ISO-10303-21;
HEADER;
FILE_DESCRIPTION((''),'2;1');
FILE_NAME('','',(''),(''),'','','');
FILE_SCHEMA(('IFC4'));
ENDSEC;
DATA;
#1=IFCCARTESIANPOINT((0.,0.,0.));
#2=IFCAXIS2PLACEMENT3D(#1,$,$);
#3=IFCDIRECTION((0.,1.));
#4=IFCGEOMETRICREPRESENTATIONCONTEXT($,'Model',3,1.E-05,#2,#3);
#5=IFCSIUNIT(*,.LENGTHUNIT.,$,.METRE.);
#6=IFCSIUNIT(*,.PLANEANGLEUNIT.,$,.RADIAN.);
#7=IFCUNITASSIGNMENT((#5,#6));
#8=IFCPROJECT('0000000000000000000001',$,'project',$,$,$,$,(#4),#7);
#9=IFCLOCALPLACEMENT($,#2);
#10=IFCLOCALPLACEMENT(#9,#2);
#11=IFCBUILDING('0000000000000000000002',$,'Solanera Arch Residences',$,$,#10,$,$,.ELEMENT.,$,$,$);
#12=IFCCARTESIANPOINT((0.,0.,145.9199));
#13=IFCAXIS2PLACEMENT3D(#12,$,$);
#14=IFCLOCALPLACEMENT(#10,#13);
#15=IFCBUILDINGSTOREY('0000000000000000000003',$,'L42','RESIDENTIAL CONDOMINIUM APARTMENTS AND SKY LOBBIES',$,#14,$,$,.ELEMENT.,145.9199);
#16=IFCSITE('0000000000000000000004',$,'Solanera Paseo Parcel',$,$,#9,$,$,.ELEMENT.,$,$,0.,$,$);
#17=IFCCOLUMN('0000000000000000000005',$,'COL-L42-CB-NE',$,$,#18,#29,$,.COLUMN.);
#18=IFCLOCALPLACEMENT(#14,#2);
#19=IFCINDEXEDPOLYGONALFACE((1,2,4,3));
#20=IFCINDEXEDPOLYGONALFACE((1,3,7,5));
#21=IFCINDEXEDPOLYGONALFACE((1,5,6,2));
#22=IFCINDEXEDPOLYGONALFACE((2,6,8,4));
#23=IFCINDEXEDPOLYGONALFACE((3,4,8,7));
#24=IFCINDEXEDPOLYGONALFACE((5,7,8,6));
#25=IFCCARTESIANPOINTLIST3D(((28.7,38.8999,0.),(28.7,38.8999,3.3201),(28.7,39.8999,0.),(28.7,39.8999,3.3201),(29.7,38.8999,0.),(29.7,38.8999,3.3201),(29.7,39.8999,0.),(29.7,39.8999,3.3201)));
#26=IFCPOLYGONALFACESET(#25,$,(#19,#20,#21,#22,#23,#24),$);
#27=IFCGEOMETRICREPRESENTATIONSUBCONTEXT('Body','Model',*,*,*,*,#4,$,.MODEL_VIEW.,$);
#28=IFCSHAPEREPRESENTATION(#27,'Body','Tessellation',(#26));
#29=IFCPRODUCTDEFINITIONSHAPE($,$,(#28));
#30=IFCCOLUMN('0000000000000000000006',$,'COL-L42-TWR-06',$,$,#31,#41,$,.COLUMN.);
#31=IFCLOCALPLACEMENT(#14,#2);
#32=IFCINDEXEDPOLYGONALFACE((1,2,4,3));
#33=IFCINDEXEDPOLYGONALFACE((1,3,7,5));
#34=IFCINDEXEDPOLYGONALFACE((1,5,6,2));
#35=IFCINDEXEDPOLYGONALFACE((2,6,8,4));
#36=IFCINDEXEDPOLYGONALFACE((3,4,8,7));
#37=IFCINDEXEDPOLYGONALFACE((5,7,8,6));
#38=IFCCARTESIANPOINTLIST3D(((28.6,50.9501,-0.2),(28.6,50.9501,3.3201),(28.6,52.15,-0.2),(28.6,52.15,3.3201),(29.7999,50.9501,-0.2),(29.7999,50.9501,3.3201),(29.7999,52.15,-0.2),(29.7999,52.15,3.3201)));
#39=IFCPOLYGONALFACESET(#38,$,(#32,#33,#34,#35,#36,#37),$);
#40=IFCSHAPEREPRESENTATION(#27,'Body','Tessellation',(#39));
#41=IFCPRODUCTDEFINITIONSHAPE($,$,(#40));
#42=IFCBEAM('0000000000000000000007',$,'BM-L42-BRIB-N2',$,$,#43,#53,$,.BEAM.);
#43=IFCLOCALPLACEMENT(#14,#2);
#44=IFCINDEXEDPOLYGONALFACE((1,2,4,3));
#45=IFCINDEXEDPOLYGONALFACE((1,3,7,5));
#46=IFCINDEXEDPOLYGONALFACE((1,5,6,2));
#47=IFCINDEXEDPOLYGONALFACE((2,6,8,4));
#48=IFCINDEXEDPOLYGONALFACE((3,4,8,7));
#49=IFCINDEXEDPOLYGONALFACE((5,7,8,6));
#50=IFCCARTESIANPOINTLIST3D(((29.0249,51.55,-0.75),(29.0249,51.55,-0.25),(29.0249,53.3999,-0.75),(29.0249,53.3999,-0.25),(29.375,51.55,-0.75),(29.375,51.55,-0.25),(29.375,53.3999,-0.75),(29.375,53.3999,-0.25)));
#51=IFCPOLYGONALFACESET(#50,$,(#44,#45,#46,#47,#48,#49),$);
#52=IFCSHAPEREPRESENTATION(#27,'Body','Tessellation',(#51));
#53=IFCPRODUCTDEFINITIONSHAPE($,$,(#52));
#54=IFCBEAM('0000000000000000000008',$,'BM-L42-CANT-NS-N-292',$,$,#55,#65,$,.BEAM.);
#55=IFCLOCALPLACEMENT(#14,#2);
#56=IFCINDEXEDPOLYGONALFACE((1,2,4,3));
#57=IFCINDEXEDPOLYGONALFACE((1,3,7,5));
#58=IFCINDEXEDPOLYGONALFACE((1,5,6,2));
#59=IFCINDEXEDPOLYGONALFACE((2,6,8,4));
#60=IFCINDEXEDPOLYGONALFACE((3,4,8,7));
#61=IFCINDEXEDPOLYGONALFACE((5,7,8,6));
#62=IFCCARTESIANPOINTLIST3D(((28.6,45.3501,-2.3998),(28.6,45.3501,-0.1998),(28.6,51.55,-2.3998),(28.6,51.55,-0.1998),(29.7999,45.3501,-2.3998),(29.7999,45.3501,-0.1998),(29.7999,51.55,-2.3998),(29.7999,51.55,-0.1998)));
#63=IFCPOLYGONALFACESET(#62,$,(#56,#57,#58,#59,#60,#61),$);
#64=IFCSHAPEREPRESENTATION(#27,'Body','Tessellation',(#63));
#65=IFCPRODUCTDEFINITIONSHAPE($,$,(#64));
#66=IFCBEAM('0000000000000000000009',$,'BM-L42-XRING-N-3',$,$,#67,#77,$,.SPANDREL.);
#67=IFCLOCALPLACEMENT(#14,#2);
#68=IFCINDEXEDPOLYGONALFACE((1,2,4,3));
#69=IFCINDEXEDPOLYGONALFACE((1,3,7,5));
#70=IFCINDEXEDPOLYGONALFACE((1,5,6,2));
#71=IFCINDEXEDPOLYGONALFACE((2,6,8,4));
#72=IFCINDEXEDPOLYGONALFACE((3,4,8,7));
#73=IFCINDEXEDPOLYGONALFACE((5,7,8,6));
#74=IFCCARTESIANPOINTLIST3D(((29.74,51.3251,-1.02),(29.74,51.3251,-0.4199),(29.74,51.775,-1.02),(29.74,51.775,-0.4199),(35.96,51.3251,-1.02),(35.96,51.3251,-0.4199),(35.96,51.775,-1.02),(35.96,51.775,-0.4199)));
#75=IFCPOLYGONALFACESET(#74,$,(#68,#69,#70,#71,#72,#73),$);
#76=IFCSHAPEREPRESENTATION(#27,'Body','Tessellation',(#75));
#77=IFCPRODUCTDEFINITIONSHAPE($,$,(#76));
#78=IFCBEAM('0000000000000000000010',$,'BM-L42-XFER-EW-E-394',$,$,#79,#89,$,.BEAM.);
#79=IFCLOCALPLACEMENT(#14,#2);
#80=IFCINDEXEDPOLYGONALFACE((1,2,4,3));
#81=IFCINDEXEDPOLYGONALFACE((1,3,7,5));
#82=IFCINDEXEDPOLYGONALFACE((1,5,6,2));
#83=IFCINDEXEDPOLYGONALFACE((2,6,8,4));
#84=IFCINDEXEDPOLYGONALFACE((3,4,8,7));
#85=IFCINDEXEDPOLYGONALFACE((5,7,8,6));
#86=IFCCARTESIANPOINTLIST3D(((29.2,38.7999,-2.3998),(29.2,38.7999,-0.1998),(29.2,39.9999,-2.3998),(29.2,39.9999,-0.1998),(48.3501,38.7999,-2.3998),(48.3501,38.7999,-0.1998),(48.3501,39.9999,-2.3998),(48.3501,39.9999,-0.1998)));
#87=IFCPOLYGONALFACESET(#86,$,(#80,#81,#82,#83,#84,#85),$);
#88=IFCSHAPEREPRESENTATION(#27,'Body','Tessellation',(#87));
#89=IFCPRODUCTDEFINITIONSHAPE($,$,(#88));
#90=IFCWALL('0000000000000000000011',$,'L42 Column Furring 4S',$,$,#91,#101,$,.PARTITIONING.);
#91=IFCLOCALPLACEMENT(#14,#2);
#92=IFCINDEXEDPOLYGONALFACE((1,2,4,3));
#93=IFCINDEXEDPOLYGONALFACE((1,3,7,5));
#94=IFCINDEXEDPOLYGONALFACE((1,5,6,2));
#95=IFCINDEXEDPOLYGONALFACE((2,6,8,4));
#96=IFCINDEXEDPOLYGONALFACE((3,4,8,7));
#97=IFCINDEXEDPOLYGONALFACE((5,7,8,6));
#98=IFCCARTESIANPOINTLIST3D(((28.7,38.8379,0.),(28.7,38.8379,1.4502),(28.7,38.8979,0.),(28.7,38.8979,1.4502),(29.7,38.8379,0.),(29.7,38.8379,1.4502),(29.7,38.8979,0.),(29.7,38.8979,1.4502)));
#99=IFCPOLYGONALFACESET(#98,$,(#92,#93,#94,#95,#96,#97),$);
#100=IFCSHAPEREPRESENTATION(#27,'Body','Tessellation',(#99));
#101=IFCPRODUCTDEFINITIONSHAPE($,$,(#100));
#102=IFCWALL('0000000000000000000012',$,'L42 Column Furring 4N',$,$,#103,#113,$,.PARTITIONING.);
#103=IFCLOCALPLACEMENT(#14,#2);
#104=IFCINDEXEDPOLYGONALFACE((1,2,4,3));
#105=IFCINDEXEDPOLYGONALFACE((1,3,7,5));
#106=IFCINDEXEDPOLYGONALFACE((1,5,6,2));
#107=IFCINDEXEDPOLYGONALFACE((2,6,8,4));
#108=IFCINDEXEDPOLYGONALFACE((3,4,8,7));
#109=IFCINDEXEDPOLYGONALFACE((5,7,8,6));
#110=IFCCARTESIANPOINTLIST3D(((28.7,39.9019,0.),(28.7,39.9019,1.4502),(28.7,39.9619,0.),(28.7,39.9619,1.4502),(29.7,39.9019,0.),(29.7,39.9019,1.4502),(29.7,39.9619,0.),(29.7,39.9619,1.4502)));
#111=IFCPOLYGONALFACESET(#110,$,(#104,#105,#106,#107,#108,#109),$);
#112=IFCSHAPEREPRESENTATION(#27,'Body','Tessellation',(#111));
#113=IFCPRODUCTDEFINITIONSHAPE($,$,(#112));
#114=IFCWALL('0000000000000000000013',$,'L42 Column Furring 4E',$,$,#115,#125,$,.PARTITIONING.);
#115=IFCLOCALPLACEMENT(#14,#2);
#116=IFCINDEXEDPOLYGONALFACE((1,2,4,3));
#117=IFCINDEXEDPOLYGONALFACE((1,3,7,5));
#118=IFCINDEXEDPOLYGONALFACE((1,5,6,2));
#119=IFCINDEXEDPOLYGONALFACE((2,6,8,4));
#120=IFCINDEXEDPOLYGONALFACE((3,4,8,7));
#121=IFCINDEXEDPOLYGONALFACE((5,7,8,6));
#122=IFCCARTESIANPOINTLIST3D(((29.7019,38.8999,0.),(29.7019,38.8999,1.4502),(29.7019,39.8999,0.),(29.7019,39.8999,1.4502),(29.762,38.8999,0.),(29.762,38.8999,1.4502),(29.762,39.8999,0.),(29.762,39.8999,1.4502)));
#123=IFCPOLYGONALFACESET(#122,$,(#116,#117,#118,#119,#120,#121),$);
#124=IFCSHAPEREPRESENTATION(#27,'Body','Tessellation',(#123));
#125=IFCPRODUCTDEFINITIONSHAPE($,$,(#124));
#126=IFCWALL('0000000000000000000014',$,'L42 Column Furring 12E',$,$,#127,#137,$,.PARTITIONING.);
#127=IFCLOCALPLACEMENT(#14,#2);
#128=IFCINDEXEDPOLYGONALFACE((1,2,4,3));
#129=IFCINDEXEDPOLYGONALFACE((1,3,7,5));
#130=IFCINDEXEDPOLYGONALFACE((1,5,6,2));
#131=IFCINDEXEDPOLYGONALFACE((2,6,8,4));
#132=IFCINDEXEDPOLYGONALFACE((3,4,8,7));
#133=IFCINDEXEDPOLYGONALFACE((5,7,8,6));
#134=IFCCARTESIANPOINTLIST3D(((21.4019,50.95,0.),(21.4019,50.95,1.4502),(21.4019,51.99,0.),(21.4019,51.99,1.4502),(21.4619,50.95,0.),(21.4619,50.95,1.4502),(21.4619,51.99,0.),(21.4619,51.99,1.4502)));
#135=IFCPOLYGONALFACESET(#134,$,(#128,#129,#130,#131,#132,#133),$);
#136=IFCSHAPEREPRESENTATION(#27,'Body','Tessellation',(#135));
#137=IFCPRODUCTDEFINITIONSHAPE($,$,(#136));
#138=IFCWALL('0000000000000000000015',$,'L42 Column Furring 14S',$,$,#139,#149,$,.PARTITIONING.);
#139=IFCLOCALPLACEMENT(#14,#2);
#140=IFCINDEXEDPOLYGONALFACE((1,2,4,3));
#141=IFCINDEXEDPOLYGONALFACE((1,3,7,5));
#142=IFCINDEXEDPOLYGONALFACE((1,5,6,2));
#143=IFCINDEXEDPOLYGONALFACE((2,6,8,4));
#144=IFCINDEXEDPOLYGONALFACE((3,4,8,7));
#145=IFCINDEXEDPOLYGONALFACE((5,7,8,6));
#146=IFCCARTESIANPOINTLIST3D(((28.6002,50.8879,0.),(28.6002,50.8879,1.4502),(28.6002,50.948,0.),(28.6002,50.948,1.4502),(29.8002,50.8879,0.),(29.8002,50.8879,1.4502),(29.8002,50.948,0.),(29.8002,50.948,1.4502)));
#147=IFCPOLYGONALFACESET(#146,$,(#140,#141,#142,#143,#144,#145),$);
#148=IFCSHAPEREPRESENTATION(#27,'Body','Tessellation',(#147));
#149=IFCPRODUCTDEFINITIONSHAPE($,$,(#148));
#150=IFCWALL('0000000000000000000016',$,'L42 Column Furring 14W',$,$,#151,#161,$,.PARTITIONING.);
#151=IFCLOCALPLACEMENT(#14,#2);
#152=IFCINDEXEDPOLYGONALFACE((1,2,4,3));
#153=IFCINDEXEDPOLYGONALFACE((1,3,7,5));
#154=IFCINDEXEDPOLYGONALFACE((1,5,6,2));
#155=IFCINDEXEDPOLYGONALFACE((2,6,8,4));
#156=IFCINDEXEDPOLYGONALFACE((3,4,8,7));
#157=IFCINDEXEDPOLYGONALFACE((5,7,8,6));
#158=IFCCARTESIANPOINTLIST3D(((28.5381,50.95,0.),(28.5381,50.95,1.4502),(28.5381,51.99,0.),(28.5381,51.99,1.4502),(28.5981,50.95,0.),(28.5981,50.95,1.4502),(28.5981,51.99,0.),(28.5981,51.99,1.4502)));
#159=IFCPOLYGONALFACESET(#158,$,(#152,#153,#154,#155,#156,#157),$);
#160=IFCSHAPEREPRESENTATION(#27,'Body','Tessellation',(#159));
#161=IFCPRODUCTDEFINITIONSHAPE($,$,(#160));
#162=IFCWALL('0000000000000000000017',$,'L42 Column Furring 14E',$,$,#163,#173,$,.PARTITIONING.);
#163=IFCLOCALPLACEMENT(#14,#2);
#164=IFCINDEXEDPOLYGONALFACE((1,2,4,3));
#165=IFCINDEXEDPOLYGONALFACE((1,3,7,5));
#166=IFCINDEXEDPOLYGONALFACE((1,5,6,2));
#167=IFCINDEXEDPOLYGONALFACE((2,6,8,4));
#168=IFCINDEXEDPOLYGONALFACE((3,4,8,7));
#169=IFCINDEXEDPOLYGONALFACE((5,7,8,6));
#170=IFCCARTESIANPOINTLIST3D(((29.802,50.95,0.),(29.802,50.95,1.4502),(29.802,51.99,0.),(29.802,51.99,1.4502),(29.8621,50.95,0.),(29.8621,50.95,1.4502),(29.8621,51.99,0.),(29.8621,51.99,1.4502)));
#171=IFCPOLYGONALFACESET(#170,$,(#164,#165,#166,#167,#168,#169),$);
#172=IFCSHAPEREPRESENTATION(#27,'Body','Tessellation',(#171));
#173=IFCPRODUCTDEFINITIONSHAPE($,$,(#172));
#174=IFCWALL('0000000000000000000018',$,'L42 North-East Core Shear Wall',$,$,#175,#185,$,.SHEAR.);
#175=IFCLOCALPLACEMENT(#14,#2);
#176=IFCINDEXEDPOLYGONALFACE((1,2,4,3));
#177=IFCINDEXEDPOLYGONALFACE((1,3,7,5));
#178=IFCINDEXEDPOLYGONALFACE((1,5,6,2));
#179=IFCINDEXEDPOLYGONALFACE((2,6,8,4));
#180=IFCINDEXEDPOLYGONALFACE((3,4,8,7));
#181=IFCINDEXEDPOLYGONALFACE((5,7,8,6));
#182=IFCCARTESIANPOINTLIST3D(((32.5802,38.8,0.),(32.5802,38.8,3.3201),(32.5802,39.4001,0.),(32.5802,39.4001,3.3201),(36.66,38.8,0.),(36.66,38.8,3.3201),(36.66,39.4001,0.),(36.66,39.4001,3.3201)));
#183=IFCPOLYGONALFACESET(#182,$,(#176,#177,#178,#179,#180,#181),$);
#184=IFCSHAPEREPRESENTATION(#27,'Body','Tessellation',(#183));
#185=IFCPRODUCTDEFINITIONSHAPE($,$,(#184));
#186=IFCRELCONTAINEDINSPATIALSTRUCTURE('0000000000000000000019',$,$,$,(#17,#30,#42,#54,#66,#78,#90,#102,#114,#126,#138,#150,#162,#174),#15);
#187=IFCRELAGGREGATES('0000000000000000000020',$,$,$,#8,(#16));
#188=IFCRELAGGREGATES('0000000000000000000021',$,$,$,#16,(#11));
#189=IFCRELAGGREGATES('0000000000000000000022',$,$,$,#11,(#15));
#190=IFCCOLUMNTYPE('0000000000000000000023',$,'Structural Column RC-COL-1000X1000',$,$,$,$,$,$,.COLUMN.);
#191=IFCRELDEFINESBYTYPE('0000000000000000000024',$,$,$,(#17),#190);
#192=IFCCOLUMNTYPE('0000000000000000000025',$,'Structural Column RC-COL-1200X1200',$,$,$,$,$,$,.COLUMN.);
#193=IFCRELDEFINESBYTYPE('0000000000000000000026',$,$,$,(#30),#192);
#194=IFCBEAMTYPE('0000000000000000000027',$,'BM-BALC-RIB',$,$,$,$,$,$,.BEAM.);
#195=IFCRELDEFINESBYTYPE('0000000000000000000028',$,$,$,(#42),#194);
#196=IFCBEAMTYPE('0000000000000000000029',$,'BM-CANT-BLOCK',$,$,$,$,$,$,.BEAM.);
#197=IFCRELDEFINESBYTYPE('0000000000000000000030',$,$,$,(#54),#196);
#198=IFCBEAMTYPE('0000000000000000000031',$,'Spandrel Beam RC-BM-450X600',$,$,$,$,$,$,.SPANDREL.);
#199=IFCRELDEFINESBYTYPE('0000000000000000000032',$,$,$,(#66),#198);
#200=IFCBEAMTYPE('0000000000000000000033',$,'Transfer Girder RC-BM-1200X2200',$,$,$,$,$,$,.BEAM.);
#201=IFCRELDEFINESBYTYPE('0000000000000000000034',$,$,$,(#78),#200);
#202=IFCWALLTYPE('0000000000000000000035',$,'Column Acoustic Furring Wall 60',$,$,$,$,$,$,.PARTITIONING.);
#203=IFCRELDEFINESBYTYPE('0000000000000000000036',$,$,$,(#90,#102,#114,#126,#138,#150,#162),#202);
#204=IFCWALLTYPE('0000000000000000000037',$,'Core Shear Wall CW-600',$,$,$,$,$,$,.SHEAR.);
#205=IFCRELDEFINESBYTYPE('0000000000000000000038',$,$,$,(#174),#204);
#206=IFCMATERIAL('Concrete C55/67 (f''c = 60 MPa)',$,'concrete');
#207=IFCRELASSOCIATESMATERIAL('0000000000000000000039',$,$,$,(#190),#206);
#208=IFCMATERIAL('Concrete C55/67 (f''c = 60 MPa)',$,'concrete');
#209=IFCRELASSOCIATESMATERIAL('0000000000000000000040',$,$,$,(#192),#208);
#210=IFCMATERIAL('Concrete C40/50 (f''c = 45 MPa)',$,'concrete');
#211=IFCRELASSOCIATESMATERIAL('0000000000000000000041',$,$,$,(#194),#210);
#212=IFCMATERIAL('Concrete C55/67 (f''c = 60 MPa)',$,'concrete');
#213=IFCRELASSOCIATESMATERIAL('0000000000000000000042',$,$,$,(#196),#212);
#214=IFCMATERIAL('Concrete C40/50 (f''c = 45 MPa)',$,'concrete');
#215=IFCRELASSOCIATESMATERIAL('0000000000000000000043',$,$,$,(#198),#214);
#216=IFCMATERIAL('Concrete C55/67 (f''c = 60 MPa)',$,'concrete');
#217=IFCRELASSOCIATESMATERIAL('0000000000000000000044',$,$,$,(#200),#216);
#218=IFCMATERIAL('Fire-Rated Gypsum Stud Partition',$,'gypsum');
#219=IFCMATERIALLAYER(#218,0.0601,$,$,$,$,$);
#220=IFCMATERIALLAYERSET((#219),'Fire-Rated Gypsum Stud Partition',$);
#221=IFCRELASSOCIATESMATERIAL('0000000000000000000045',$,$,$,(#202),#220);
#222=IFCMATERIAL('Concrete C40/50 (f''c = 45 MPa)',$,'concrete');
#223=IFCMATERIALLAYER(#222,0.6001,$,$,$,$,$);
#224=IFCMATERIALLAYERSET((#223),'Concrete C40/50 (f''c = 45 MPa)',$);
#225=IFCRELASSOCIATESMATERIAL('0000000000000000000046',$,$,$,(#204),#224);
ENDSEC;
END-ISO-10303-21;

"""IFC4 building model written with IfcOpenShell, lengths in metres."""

from ifc_helpers import new_model, si_unit, direction, frame, frame_2d, origin, origin_2d, place, context, subcontext, project, spatial, rectangle, extrude, material, layer, layer_set, material_profile, profile_set, type_object, element, save


model = new_model("IFC4")

# Units and contexts
model_context = context("Model", 3, precision=1e-05, world=origin(), true_north=direction((0.0, 1.0)))
body_context = subcontext(model_context, "Body", "Model", "MODEL_VIEW")
ifc_project = project(units=[si_unit("LENGTHUNIT", "METRE"), si_unit("PLANEANGLEUNIT", "RADIAN")], contexts=[model_context])

# Site, building, storey
site_placement = place(None, origin())
site = spatial("IfcSite", under=ifc_project, at=site_placement, Name="Solanera Paseo Parcel", CompositionType="ELEMENT", RefElevation=0.0)
building_placement = place(site_placement, origin())
building = spatial("IfcBuilding", under=site, at=building_placement, Name="Solanera Arch Residences", CompositionType="ELEMENT")
storey_placement = place(building_placement, frame((0.0, 0.0, 145.9199)))
storey = spatial("IfcBuildingStorey", under=building, at=storey_placement, Name="L42", Description="RESIDENTIAL CONDOMINIUM APARTMENTS AND SKY LOBBIES", CompositionType="ELEMENT", Elevation=145.9199)

# Columns
ifc_material_1 = material(Name="Concrete C55/67 (f'c = 60 MPa)", Category="concrete")
ifc_material_profile_1 = material_profile(ifc_material_1, rectangle(XDim=1.0, YDim=1.0, at=origin_2d()))
ifc_profile_set_1 = profile_set([ifc_material_profile_1], Name="Concrete C55/67 (f'c = 60 MPa)")
column_type_1 = type_object("IfcColumnType", Name="Structural Column RC-COL-1000X1000", PredefinedType="COLUMN", material=ifc_profile_set_1)
column_1_placement = place(storey_placement, frame((29.2, 39.3999, 0.0), z_axis=(0.0, 0.0, 1.0), x_axis=(1.0, 0.0, 0.0)))
element("IfcColumn", 1, at=column_1_placement, inside=storey, type_object=column_type_1, Name="COL-L42-CB-NE", PredefinedType="COLUMN", context=body_context, shape_type="SweptSolid", body=[
    extrude(rectangle(XDim=1.0, YDim=1.0, at=origin_2d()), origin(), (0.0, 0.0, 1.0), 3.3201),
])
ifc_material_2 = material(Name="Concrete C55/67 (f'c = 60 MPa)", Category="concrete")
ifc_material_profile_2 = material_profile(ifc_material_2, rectangle(XDim=1.2, YDim=1.2, at=origin_2d()))
ifc_profile_set_2 = profile_set([ifc_material_profile_2], Name="Concrete C55/67 (f'c = 60 MPa)")
column_type_2 = type_object("IfcColumnType", Name="Structural Column RC-COL-1200X1200", PredefinedType="COLUMN", material=ifc_profile_set_2)
column_2_placement = place(storey_placement, frame((29.2, 51.55, -0.2), z_axis=(0.0, 0.0, 1.0), x_axis=(1.0, 0.0, 0.0)))
element("IfcColumn", 2, at=column_2_placement, inside=storey, type_object=column_type_2, Name="COL-L42-TWR-06", PredefinedType="COLUMN", context=body_context, shape_type="SweptSolid", body=[
    extrude(rectangle(XDim=1.2, YDim=1.2, at=origin_2d()), origin(), (0.0, 0.0, 1.0), 3.52),
])

# Beams
ifc_material_3 = material(Name="Concrete C40/50 (f'c = 45 MPa)", Category="concrete")
ifc_material_profile_3 = material_profile(ifc_material_3, rectangle(XDim=0.3501, YDim=0.5, at=origin_2d()))
ifc_profile_set_3 = profile_set([ifc_material_profile_3], Name="Concrete C40/50 (f'c = 45 MPa)")
beam_type_1 = type_object("IfcBeamType", Name="BM-BALC-RIB", PredefinedType="BEAM", material=ifc_profile_set_3)
beam_1_placement = place(storey_placement, frame((29.2, 51.55, -0.5), z_axis=(0.0, 1.0, 0.0), x_axis=(-1.0, 0.0, 0.0)))
element("IfcBeam", 3, at=beam_1_placement, inside=storey, type_object=beam_type_1, Name="BM-L42-BRIB-N2", PredefinedType="BEAM", context=body_context, shape_type="SweptSolid", body=[
    extrude(rectangle(XDim=0.3501, YDim=0.5, at=origin_2d()), origin(), (0.0, 0.0, 1.0), 1.8499),
])
ifc_material_4 = material(Name="Concrete C55/67 (f'c = 60 MPa)", Category="concrete")
ifc_material_profile_4 = material_profile(ifc_material_4, rectangle(XDim=1.2, YDim=2.2, at=origin_2d()))
ifc_profile_set_4 = profile_set([ifc_material_profile_4], Name="Concrete C55/67 (f'c = 60 MPa)")
beam_type_2 = type_object("IfcBeamType", Name="BM-CANT-BLOCK", PredefinedType="BEAM", material=ifc_profile_set_4)
beam_2_placement = place(storey_placement, frame((29.2, 45.3501, -1.2998), z_axis=(0.0, 1.0, 0.0), x_axis=(-1.0, 0.0, 0.0)))
element("IfcBeam", 4, at=beam_2_placement, inside=storey, type_object=beam_type_2, Name="BM-L42-CANT-NS-N-292", PredefinedType="BEAM", context=body_context, shape_type="SweptSolid", body=[
    extrude(rectangle(XDim=1.2, YDim=2.2, at=origin_2d()), origin(), (0.0, 0.0, 1.0), 6.2),
])
ifc_material_5 = material(Name="Concrete C40/50 (f'c = 45 MPa)", Category="concrete")
ifc_material_profile_5 = material_profile(ifc_material_5, rectangle(XDim=0.45, YDim=0.6001, at=origin_2d()))
ifc_profile_set_5 = profile_set([ifc_material_profile_5], Name="Concrete C40/50 (f'c = 45 MPa)")
beam_type_3 = type_object("IfcBeamType", Name="Spandrel Beam RC-BM-450X600", PredefinedType="SPANDREL", material=ifc_profile_set_5)
beam_3_placement = place(storey_placement, frame((29.74, 51.55, -0.72), z_axis=(1.0, 0.0, 0.0), x_axis=(0.0, 1.0, 0.0)))
element("IfcBeam", 5, at=beam_3_placement, inside=storey, type_object=beam_type_3, Name="BM-L42-XRING-N-3", PredefinedType="SPANDREL", context=body_context, shape_type="SweptSolid", body=[
    extrude(rectangle(XDim=0.45, YDim=0.6001, at=origin_2d()), origin(), (0.0, 0.0, 1.0), 6.22),
])
ifc_material_6 = material(Name="Concrete C55/67 (f'c = 60 MPa)", Category="concrete")
ifc_material_profile_6 = material_profile(ifc_material_6, rectangle(XDim=1.2, YDim=2.2, at=origin_2d()))
ifc_profile_set_6 = profile_set([ifc_material_profile_6], Name="Concrete C55/67 (f'c = 60 MPa)")
beam_type_4 = type_object("IfcBeamType", Name="Transfer Girder RC-BM-1200X2200", PredefinedType="BEAM", material=ifc_profile_set_6)
beam_4_placement = place(storey_placement, frame((29.2, 39.3999, -1.2998), z_axis=(1.0, 0.0, 0.0), x_axis=(0.0, 1.0, 0.0)))
element("IfcBeam", 6, at=beam_4_placement, inside=storey, type_object=beam_type_4, Name="BM-L42-XFER-EW-E-394", PredefinedType="BEAM", context=body_context, shape_type="SweptSolid", body=[
    extrude(rectangle(XDim=1.2, YDim=2.2, at=origin_2d()), origin(), (0.0, 0.0, 1.0), 19.1501),
])

# Walls
ifc_material_7 = material(Name="Fire-Rated Gypsum Stud Partition", Category="gypsum")
ifc_layer_1 = layer(ifc_material_7, 0.0601)
ifc_layer_set_1 = layer_set([ifc_layer_1], Name="Fire-Rated Gypsum Stud Partition")
wall_type_1 = type_object("IfcWallType", Name="Column Acoustic Furring Wall 60", PredefinedType="PARTITIONING", material=ifc_layer_set_1)
for number, where, z_axis, x_axis, name in (
    (7, (28.7, 38.8679, 0.0), (0.0, 0.0, 1.0), (1.0, 0.0, 0.0), "L42 Column Furring 4S"),
    (8, (28.7, 39.9319, 0.0), (0.0, 0.0, 1.0), (1.0, 0.0, 0.0), "L42 Column Furring 4N"),
    (9, (29.7319, 38.8999, 0.0), (0.0, 0.0, 1.0), (0.0, 1.0, 0.0), "L42 Column Furring 4E"),
):
    element("IfcWall", number, at=place(storey_placement, frame(where, z_axis=z_axis, x_axis=x_axis)), inside=storey, type_object=wall_type_1, Name=name, PredefinedType="PARTITIONING", context=body_context, shape_type="SweptSolid", body=[
        extrude(rectangle(XDim=1.0, YDim=0.0601, at=frame_2d((0.5, 0.0))), origin(), (0.0, 0.0, 1.0), 1.4502),
    ])
wall_1_placement = place(storey_placement, frame((21.4319, 50.95, 0.0), z_axis=(0.0, 0.0, 1.0), x_axis=(0.0, 1.0, 0.0)))
element("IfcWall", 10, at=wall_1_placement, inside=storey, type_object=wall_type_1, Name="L42 Column Furring 12E", PredefinedType="PARTITIONING", context=body_context, shape_type="SweptSolid", body=[
    extrude(rectangle(XDim=1.04, YDim=0.0601, at=frame_2d((0.52, 0.0))), origin(), (0.0, 0.0, 1.0), 1.4502),
])
wall_2_placement = place(storey_placement, frame((28.6001, 50.918, 0.0), z_axis=(0.0, 0.0, 1.0), x_axis=(1.0, 0.0, 0.0)))
element("IfcWall", 11, at=wall_2_placement, inside=storey, type_object=wall_type_1, Name="L42 Column Furring 14S", PredefinedType="PARTITIONING", context=body_context, shape_type="SweptSolid", body=[
    extrude(rectangle(XDim=1.2, YDim=0.0601, at=frame_2d((0.6001, 0.0))), origin(), (0.0, 0.0, 1.0), 1.4502),
])
for number, where, z_axis, x_axis, name in (
    (12, (28.5681, 50.95, 0.0), (0.0, 0.0, 1.0), (0.0, 1.0, 0.0), "L42 Column Furring 14W"),
    (13, (29.832, 50.95, 0.0), (0.0, 0.0, 1.0), (0.0, 1.0, 0.0), "L42 Column Furring 14E"),
):
    element("IfcWall", number, at=place(storey_placement, frame(where, z_axis=z_axis, x_axis=x_axis)), inside=storey, type_object=wall_type_1, Name=name, PredefinedType="PARTITIONING", context=body_context, shape_type="SweptSolid", body=[
        extrude(rectangle(XDim=1.04, YDim=0.0601, at=frame_2d((0.52, 0.0))), origin(), (0.0, 0.0, 1.0), 1.4502),
    ])
ifc_material_8 = material(Name="Concrete C40/50 (f'c = 45 MPa)", Category="concrete")
ifc_layer_2 = layer(ifc_material_8, 0.6001)
ifc_layer_set_2 = layer_set([ifc_layer_2], Name="Concrete C40/50 (f'c = 45 MPa)")
wall_type_2 = type_object("IfcWallType", Name="Core Shear Wall CW-600", PredefinedType="SHEAR", material=ifc_layer_set_2)
wall_3_placement = place(storey_placement, frame((32.5801, 39.1001, 0.0), z_axis=(0.0, 0.0, 1.0), x_axis=(1.0, 0.0, 0.0)))
element("IfcWall", 14, at=wall_3_placement, inside=storey, type_object=wall_type_2, Name="L42 North-East Core Shear Wall", PredefinedType="SHEAR", context=body_context, shape_type="SweptSolid", body=[
    extrude(rectangle(XDim=4.0798, YDim=0.6001, at=frame_2d((2.04, 0.0))), origin(), (0.0, 0.0, 1.0), 3.3201),
])

save(model, "model.ifc")
